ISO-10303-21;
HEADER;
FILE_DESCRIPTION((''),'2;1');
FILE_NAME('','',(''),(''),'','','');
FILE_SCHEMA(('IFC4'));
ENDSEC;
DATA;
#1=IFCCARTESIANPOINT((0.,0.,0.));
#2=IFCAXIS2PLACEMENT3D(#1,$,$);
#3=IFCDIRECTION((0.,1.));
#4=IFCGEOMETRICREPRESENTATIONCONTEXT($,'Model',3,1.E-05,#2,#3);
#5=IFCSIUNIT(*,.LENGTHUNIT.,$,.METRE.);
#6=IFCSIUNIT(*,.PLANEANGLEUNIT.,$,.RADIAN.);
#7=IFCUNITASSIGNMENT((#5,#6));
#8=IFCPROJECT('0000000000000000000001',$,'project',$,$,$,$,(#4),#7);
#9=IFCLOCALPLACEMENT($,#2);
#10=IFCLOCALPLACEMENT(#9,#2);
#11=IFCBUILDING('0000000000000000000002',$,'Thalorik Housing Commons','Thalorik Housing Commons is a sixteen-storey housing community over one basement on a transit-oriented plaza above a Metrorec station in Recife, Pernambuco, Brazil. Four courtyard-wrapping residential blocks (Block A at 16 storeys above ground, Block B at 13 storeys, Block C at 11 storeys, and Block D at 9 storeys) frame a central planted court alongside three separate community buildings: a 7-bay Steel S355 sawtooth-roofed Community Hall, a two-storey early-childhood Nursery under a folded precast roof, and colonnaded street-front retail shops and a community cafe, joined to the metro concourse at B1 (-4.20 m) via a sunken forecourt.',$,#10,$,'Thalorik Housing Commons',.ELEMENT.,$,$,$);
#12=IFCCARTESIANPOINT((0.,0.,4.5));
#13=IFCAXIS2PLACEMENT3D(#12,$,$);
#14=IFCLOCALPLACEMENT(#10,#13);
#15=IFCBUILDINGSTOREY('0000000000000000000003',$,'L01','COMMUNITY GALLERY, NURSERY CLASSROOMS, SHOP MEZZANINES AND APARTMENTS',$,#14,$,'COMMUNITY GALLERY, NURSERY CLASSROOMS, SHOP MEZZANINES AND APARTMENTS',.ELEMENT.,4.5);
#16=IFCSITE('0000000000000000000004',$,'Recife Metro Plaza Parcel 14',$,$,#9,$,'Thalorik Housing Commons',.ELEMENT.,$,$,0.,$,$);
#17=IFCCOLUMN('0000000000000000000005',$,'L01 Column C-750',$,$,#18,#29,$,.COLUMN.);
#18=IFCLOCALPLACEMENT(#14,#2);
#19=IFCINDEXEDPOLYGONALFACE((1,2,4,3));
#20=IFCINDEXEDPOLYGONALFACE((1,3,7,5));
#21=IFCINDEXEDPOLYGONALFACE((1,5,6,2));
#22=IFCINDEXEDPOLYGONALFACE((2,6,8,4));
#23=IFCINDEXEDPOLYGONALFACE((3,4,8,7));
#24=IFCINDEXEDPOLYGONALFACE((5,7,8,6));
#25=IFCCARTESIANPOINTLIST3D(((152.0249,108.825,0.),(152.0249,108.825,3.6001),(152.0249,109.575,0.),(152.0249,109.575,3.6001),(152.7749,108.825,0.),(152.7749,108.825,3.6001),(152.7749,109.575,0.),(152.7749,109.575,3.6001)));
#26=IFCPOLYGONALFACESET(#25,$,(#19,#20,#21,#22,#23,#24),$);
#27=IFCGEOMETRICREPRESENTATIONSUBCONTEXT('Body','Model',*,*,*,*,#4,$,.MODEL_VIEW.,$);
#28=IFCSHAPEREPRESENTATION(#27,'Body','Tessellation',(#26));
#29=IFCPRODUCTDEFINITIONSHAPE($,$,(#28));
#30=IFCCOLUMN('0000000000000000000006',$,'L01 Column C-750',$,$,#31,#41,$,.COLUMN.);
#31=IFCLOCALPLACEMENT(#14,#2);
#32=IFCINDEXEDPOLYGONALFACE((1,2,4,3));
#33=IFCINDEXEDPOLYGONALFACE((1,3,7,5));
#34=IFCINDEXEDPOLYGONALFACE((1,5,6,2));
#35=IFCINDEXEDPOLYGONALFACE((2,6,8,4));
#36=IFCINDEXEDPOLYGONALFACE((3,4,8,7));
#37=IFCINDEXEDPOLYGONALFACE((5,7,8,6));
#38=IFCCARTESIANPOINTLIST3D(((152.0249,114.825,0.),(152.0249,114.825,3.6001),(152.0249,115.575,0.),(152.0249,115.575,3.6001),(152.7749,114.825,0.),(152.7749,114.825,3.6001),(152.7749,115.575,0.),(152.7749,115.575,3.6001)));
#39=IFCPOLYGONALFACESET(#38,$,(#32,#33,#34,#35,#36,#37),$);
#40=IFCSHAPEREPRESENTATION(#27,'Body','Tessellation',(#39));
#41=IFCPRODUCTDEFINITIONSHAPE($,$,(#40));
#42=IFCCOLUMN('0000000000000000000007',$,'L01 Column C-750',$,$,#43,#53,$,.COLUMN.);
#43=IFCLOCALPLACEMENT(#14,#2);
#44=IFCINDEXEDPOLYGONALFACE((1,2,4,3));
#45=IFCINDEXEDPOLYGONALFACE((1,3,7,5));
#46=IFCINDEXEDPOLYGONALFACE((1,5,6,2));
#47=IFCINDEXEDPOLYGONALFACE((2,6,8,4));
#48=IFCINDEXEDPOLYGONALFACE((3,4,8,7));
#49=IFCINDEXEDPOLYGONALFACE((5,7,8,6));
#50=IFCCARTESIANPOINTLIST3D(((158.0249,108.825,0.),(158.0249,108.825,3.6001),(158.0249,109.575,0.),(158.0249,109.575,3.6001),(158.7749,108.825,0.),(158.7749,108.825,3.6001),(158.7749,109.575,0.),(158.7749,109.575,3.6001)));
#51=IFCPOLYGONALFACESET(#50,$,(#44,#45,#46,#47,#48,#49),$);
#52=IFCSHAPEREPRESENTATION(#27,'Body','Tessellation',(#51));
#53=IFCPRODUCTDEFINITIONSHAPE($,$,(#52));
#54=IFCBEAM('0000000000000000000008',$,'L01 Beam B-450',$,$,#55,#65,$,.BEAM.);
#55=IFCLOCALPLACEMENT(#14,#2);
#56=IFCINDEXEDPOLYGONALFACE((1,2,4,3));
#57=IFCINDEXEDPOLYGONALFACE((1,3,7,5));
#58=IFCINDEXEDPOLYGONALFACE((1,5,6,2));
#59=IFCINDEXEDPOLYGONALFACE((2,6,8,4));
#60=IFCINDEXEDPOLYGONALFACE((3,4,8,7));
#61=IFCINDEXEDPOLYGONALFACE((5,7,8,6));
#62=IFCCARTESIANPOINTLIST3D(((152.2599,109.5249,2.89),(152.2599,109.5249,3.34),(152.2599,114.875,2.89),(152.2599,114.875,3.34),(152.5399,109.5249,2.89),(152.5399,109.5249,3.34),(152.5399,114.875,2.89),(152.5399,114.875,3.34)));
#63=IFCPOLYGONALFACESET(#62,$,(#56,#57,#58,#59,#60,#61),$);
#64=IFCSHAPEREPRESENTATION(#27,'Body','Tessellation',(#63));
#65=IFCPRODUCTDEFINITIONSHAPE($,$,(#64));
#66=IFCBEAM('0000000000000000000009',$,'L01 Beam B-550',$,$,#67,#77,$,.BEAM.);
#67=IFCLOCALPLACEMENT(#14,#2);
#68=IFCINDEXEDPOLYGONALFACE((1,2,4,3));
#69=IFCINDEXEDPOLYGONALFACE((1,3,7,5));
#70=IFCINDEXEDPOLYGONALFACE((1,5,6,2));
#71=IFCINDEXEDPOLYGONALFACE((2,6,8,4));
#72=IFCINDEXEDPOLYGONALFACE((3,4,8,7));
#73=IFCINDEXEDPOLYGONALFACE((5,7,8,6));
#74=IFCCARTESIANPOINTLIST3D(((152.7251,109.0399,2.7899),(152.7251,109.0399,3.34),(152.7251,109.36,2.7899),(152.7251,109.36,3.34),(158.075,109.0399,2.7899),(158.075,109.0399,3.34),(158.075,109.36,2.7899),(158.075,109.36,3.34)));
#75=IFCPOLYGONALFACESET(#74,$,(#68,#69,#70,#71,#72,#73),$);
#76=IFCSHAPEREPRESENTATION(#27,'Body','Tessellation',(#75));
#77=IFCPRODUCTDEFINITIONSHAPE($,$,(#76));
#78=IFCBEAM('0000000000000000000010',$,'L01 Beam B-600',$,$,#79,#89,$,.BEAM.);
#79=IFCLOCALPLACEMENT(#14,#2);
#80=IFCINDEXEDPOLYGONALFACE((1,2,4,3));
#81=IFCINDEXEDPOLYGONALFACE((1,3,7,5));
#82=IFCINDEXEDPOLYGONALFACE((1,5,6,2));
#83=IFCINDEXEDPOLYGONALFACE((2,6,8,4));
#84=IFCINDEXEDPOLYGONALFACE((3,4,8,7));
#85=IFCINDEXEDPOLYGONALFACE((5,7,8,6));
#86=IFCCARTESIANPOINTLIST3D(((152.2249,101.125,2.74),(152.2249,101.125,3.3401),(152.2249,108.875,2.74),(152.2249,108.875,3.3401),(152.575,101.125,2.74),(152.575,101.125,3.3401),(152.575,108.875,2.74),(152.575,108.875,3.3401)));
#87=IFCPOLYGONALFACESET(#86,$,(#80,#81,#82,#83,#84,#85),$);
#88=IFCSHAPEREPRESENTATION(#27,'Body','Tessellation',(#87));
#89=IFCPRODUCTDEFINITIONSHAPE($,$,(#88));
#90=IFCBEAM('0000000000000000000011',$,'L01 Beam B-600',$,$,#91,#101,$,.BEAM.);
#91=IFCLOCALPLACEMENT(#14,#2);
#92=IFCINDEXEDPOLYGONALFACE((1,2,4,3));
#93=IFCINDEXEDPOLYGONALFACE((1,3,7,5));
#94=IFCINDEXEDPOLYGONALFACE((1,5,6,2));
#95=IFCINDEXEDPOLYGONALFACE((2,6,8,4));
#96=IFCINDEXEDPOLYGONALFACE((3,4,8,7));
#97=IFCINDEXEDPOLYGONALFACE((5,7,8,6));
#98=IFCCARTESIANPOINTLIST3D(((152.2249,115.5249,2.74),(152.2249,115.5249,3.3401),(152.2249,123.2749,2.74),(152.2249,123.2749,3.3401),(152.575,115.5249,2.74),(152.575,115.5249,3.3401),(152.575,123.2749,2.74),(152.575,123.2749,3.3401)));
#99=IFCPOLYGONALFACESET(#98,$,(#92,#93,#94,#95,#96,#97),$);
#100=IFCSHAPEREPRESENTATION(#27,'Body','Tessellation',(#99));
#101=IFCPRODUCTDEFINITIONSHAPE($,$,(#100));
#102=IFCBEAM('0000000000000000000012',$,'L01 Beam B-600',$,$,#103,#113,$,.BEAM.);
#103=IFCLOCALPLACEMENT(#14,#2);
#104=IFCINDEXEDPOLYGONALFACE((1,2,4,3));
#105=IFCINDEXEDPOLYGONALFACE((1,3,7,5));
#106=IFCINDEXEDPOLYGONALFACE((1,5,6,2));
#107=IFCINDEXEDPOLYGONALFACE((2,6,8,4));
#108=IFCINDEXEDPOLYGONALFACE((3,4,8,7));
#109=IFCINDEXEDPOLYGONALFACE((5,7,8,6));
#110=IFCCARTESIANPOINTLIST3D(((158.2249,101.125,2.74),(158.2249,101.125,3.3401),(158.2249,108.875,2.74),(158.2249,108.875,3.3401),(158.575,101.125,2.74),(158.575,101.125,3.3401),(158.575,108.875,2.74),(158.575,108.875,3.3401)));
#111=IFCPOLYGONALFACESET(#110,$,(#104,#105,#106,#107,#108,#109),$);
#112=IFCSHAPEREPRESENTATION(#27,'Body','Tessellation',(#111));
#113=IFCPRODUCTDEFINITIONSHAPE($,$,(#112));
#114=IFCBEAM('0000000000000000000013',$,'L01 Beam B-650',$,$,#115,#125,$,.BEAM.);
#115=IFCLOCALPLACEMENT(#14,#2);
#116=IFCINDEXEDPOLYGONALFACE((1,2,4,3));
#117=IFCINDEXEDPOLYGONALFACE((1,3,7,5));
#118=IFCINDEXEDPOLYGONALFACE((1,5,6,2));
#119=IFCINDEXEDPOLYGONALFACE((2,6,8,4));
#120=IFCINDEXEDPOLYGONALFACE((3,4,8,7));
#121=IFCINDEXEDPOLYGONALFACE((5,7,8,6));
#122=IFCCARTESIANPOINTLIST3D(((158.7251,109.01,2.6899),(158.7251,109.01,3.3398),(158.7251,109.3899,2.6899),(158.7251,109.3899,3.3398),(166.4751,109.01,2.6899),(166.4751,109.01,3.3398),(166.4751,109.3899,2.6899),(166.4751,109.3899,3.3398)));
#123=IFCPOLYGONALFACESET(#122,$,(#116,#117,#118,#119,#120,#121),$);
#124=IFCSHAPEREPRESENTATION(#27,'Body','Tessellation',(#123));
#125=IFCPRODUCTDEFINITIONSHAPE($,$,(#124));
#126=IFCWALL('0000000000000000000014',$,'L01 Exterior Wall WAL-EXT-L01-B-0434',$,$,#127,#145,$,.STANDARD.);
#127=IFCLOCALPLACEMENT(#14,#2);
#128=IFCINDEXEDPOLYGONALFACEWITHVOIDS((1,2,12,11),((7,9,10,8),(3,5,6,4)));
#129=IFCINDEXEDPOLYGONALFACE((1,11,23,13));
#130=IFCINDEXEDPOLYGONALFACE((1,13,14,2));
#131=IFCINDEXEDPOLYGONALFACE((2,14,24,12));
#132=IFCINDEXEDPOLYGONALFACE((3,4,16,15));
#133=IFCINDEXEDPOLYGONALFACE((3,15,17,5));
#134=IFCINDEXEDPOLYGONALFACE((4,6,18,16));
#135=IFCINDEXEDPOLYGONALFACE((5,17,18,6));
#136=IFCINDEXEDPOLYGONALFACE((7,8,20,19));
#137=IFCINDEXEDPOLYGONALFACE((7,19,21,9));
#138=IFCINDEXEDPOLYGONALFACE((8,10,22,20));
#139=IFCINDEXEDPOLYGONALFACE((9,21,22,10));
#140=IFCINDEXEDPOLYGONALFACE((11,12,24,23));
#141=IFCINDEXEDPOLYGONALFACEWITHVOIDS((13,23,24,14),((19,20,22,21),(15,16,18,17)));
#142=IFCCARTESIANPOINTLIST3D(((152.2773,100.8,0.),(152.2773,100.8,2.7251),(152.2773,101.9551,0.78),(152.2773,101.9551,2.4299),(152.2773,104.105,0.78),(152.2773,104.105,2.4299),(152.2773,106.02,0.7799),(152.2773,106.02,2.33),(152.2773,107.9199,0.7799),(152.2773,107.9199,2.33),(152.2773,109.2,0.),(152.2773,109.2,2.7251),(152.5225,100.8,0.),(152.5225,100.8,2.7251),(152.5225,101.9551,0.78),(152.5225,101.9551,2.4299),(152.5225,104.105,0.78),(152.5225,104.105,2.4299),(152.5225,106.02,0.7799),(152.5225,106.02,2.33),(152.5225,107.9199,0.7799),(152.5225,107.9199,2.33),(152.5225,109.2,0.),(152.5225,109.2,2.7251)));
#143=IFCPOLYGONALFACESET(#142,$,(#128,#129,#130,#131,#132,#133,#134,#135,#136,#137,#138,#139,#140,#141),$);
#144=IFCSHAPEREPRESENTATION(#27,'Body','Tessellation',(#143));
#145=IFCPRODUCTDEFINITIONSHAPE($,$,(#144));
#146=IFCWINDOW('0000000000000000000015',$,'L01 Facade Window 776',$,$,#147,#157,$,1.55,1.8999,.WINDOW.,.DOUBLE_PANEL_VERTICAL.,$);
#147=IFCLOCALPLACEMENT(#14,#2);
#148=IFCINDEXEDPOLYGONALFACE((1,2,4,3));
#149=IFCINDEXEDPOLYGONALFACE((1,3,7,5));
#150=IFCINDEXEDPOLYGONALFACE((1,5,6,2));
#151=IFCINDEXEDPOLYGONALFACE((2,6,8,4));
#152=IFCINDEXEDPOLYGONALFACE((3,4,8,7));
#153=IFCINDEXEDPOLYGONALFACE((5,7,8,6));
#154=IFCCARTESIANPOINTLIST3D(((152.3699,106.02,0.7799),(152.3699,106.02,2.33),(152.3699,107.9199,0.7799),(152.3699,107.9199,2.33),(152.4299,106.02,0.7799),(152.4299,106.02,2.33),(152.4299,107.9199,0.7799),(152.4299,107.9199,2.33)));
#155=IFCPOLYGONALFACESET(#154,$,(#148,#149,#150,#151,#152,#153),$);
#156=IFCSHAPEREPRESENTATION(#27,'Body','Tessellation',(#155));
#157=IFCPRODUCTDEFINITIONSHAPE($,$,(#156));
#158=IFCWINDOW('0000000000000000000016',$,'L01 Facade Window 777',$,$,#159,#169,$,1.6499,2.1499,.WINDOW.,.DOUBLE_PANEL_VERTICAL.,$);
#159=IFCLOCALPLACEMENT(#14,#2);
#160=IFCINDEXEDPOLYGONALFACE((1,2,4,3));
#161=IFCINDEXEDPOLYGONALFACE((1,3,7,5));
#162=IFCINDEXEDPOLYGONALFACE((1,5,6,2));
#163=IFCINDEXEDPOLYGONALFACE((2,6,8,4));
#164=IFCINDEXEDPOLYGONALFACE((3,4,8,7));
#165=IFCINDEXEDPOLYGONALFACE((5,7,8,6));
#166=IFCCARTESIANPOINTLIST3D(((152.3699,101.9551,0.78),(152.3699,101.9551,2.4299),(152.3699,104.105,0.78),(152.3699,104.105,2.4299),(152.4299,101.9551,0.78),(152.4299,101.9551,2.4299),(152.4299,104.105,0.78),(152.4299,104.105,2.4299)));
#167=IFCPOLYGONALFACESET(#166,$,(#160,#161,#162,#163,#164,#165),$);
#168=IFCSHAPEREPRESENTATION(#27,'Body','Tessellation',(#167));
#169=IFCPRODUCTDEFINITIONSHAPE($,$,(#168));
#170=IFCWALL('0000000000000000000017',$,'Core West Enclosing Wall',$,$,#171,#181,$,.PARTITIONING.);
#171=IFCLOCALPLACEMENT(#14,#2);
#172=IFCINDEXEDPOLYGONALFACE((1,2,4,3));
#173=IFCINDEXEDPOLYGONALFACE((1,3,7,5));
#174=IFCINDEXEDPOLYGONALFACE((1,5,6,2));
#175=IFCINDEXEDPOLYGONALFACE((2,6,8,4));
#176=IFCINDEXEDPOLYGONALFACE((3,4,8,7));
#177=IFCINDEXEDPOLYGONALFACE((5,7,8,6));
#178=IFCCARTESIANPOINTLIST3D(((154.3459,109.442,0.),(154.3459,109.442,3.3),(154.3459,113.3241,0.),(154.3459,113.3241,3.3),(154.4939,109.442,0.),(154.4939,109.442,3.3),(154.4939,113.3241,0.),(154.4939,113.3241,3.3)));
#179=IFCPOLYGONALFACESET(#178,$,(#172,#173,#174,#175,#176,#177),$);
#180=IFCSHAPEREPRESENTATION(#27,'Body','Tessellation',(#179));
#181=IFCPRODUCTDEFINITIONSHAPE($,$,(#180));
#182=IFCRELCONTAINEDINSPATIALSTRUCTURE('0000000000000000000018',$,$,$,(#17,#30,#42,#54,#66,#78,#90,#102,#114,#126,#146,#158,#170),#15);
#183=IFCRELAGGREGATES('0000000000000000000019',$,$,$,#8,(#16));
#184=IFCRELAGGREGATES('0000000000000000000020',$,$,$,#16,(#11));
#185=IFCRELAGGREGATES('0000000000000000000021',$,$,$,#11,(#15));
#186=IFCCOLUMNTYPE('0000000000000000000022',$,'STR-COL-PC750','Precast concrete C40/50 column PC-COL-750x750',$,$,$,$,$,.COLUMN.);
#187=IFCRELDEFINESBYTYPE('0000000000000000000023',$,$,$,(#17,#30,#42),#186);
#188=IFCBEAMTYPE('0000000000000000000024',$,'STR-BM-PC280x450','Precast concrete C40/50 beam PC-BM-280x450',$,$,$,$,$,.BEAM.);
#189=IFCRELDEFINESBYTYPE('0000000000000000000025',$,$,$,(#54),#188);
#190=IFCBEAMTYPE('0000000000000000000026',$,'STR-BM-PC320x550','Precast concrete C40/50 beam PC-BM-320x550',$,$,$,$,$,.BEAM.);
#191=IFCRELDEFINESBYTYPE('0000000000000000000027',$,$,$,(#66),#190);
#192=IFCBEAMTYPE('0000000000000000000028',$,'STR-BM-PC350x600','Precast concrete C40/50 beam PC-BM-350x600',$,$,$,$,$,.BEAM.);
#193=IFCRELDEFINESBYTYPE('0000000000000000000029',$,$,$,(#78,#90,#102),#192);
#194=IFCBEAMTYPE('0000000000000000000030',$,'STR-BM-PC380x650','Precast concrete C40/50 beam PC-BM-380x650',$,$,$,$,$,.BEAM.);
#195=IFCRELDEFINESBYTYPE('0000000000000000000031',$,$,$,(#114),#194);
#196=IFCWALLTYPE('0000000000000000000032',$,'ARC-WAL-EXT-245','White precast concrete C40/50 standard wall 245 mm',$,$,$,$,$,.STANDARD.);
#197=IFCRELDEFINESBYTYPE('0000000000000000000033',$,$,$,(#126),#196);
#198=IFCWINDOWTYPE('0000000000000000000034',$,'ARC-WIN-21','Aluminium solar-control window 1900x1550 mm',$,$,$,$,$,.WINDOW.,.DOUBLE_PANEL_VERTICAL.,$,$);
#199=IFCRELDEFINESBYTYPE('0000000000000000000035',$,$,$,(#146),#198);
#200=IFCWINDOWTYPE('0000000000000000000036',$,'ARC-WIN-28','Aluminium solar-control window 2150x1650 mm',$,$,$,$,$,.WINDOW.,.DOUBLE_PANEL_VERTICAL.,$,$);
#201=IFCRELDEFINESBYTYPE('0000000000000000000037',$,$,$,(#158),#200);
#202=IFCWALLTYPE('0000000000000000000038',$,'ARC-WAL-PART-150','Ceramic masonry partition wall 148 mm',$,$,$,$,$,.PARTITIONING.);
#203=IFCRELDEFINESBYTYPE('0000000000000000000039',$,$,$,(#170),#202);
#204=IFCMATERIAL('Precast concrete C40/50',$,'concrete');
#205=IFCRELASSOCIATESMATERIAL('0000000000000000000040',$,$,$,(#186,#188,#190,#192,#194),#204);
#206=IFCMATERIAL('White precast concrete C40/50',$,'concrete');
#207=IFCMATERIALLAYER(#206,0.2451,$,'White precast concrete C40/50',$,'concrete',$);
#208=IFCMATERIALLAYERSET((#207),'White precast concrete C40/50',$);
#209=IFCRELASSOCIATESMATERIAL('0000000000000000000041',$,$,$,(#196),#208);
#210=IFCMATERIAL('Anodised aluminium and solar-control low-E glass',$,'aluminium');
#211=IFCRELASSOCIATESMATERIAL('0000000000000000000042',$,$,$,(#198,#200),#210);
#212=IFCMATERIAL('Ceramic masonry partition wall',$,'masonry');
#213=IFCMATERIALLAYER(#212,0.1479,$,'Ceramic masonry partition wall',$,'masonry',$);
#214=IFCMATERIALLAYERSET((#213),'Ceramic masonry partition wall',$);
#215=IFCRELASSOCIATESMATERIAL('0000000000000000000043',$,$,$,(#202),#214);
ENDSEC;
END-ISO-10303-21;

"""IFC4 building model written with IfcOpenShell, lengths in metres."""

from ifc_helpers import new_model, si_unit, direction, frame, frame_2d, origin, origin_2d, place, context, subcontext, project, spatial, rectangle, extrude, material, layer, layer_set, material_profile, profile_set, type_object, element, fill, save


model = new_model("IFC4")

# Units and contexts
model_context = context("Model", 3, precision=1e-05, world=origin(), true_north=direction((0.0, 1.0)))
body_context = subcontext(model_context, "Body", "Model", "MODEL_VIEW")
ifc_project = project(units=[si_unit("LENGTHUNIT", "METRE"), si_unit("PLANEANGLEUNIT", "RADIAN")], contexts=[model_context])

# Site, building, storey
site_placement = place(None, origin())
site = spatial("IfcSite", under=ifc_project, at=site_placement, Name="Recife Metro Plaza Parcel 14", LongName="Thalorik Housing Commons", CompositionType="ELEMENT", RefElevation=0.0)
building_placement = place(site_placement, origin())
building = spatial("IfcBuilding", under=site, at=building_placement, Name="Thalorik Housing Commons", Description="Thalorik Housing Commons is a sixteen-storey housing community over one basement on a transit-oriented plaza above a Metrorec station in Recife, Pernambuco, Brazil. Four courtyard-wrapping residential blocks (Block A at 16 storeys above ground, Block B at 13 storeys, Block C at 11 storeys, and Block D at 9 storeys) frame a central planted court alongside three separate community buildings: a 7-bay Steel S355 sawtooth-roofed Community Hall, a two-storey early-childhood Nursery under a folded precast roof, and colonnaded street-front retail shops and a community cafe, joined to the metro concourse at B1 (-4.20 m) via a sunken forecourt.", LongName="Thalorik Housing Commons", CompositionType="ELEMENT")
storey_placement = place(building_placement, frame((0.0, 0.0, 4.5)))
storey = spatial("IfcBuildingStorey", under=building, at=storey_placement, Name="L01", Description="COMMUNITY GALLERY, NURSERY CLASSROOMS, SHOP MEZZANINES AND APARTMENTS", LongName="COMMUNITY GALLERY, NURSERY CLASSROOMS, SHOP MEZZANINES AND APARTMENTS", CompositionType="ELEMENT", Elevation=4.5)

# Columns
ifc_material_1 = material(Name="Precast concrete C40/50", Category="concrete")
ifc_material_profile_1 = material_profile(ifc_material_1, rectangle(XDim=0.75, YDim=0.75, at=origin_2d()), Name="PC 750x750", Category="concrete")
ifc_profile_set_1 = profile_set([ifc_material_profile_1], Name="Precast concrete C40/50")
column_type = type_object("IfcColumnType", Name="STR-COL-PC750", Description="Precast concrete C40/50 column PC-COL-750x750", PredefinedType="COLUMN", material=ifc_profile_set_1)
for number, where, z_axis, x_axis, name in (
    (1, (152.3999, 109.2, 0.0), (0.0, 0.0, 1.0), (1.0, 0.0, 0.0), "L01 Column C-750"),
    (2, (152.3999, 115.2, 0.0), (0.0, 0.0, 1.0), (1.0, 0.0, 0.0), "L01 Column C-750"),
    (3, (158.3999, 109.2, 0.0), (0.0, 0.0, 1.0), (1.0, 0.0, 0.0), "L01 Column C-750"),
):
    element("IfcColumn", number, at=place(storey_placement, frame(where, z_axis=z_axis, x_axis=x_axis)), inside=storey, type_object=column_type, Name=name, PredefinedType="COLUMN", context=body_context, shape_type="SweptSolid", body=[
        extrude(rectangle(XDim=0.75, YDim=0.75, at=origin_2d()), origin(), (0.0, 0.0, 1.0), 3.6001),
    ])

# Beams
ifc_material_profile_2 = material_profile(ifc_material_1, rectangle(XDim=0.28, YDim=0.45, at=origin_2d()), Name="PC 280x450", Category="concrete")
ifc_profile_set_2 = profile_set([ifc_material_profile_2], Name="Precast concrete C40/50")
beam_type_1 = type_object("IfcBeamType", Name="STR-BM-PC280x450", Description="Precast concrete C40/50 beam PC-BM-280x450", PredefinedType="BEAM", material=ifc_profile_set_2)
beam_1_placement = place(storey_placement, frame((152.3999, 109.5249, 3.115), z_axis=(0.0, 1.0, 0.0), x_axis=(-1.0, 0.0, 0.0)))
element("IfcBeam", 4, at=beam_1_placement, inside=storey, type_object=beam_type_1, Name="L01 Beam B-450", PredefinedType="BEAM", context=body_context, shape_type="SweptSolid", body=[
    extrude(rectangle(XDim=0.28, YDim=0.45, at=origin_2d()), origin(), (0.0, 0.0, 1.0), 5.3501),
])
ifc_material_profile_3 = material_profile(ifc_material_1, rectangle(XDim=0.3201, YDim=0.55, at=origin_2d()), Name="PC 320x550", Category="concrete")
ifc_profile_set_3 = profile_set([ifc_material_profile_3], Name="Precast concrete C40/50")
beam_type_2 = type_object("IfcBeamType", Name="STR-BM-PC320x550", Description="Precast concrete C40/50 beam PC-BM-320x550", PredefinedType="BEAM", material=ifc_profile_set_3)
beam_2_placement = place(storey_placement, frame((152.7251, 109.2, 3.0649), z_axis=(1.0, 0.0, 0.0), x_axis=(0.0, 1.0, 0.0)))
element("IfcBeam", 5, at=beam_2_placement, inside=storey, type_object=beam_type_2, Name="L01 Beam B-550", PredefinedType="BEAM", context=body_context, shape_type="SweptSolid", body=[
    extrude(rectangle(XDim=0.3201, YDim=0.55, at=origin_2d()), origin(), (0.0, 0.0, 1.0), 5.3499),
])
ifc_material_profile_4 = material_profile(ifc_material_1, rectangle(XDim=0.3501, YDim=0.6001, at=origin_2d()), Name="PC 350x600", Category="concrete")
ifc_profile_set_4 = profile_set([ifc_material_profile_4], Name="Precast concrete C40/50")
beam_type_3 = type_object("IfcBeamType", Name="STR-BM-PC350x600", Description="Precast concrete C40/50 beam PC-BM-350x600", PredefinedType="BEAM", material=ifc_profile_set_4)
for number, where, z_axis, x_axis, name in (
    (6, (152.3999, 101.125, 3.04), (0.0, 1.0, 0.0), (-1.0, 0.0, 0.0), "L01 Beam B-600"),
    (7, (152.3999, 115.5249, 3.04), (0.0, 1.0, 0.0), (-1.0, 0.0, 0.0), "L01 Beam B-600"),
    (8, (158.3999, 101.125, 3.04), (0.0, 1.0, 0.0), (-1.0, 0.0, 0.0), "L01 Beam B-600"),
):
    element("IfcBeam", number, at=place(storey_placement, frame(where, z_axis=z_axis, x_axis=x_axis)), inside=storey, type_object=beam_type_3, Name=name, PredefinedType="BEAM", context=body_context, shape_type="SweptSolid", body=[
        extrude(rectangle(XDim=0.3501, YDim=0.6001, at=origin_2d()), origin(), (0.0, 0.0, 1.0), 7.75),
    ])
ifc_material_profile_5 = material_profile(ifc_material_1, rectangle(XDim=0.3799, YDim=0.6499, at=origin_2d()), Name="PC 380x650", Category="concrete")
ifc_profile_set_5 = profile_set([ifc_material_profile_5], Name="Precast concrete C40/50")
beam_type_4 = type_object("IfcBeamType", Name="STR-BM-PC380x650", Description="Precast concrete C40/50 beam PC-BM-380x650", PredefinedType="BEAM", material=ifc_profile_set_5)
beam_3_placement = place(storey_placement, frame((158.7251, 109.2, 3.0149), z_axis=(1.0, 0.0, 0.0), x_axis=(0.0, 1.0, 0.0)))
element("IfcBeam", 9, at=beam_3_placement, inside=storey, type_object=beam_type_4, Name="L01 Beam B-650", PredefinedType="BEAM", context=body_context, shape_type="SweptSolid", body=[
    extrude(rectangle(XDim=0.3799, YDim=0.6499, at=origin_2d()), origin(), (0.0, 0.0, 1.0), 7.75),
])

# Wall, openings, windows
ifc_material_2 = material(Name="White precast concrete C40/50", Category="concrete")
ifc_layer_1 = layer(ifc_material_2, 0.2451, Name="White precast concrete C40/50", Category="concrete")
ifc_layer_set_1 = layer_set([ifc_layer_1], Name="White precast concrete C40/50")
wall_type_1 = type_object("IfcWallType", Name="ARC-WAL-EXT-245", Description="White precast concrete C40/50 standard wall 245 mm", PredefinedType="STANDARD", material=ifc_layer_set_1)
wall_1_placement = place(storey_placement, frame((152.3999, 109.2, 0.0), z_axis=(0.0, 0.0, 1.0), x_axis=(0.0, -1.0, 0.0)))
wall_1 = element("IfcWall", 10, at=wall_1_placement, inside=storey, type_object=wall_type_1, Name="L01 Exterior Wall WAL-EXT-L01-B-0434", PredefinedType="STANDARD", context=body_context, shape_type="SweptSolid", body=[
    extrude(rectangle(XDim=8.3999, YDim=0.2451, at=frame_2d((4.2, 0.0))), origin(), (0.0, 0.0, 1.0), 2.7251),
])
opening_1_placement = place(wall_1_placement, frame((1.28, 0.0, 0.78)))
opening_1 = element("IfcOpeningElement", 11, at=opening_1_placement, cuts=wall_1, PredefinedType="OPENING", context=body_context, shape_type="SweptSolid", body=[
    extrude(rectangle(XDim=1.8999, YDim=1.55, at=frame_2d((0.95, 0.7749))), frame((0.0, 0.1326, 0.0), z_axis=(0.0, -1.0, 0.0), x_axis=(1.0, 0.0, 0.0)), (0.0, 0.0, 1.0), 0.2651),
])
opening_2_placement = place(wall_1_placement, frame((5.095, 0.0, 0.78)))
opening_2 = element("IfcOpeningElement", 12, at=opening_2_placement, cuts=wall_1, PredefinedType="OPENING", context=body_context, shape_type="SweptSolid", body=[
    extrude(rectangle(XDim=2.1499, YDim=1.6499, at=frame_2d((1.075, 0.825))), frame((0.0, 0.1326, 0.0), z_axis=(0.0, -1.0, 0.0), x_axis=(1.0, 0.0, 0.0)), (0.0, 0.0, 1.0), 0.2651),
])
ifc_material_3 = material(Name="Anodised aluminium and solar-control low-E glass", Category="aluminium")
window_type_1 = type_object("IfcWindowType", Name="ARC-WIN-21", Description="Aluminium solar-control window 1900x1550 mm", PartitioningType="DOUBLE_PANEL_VERTICAL", PredefinedType="WINDOW", material=ifc_material_3)
window_1_placement = place(opening_1_placement, origin())
window_1 = element("IfcWindow", 13, at=window_1_placement, inside=storey, type_object=window_type_1, Name="L01 Facade Window 776", OverallHeight=1.55, OverallWidth=1.8999, PartitioningType="DOUBLE_PANEL_VERTICAL", PredefinedType="WINDOW", context=body_context, shape_type="SweptSolid", body=[
    extrude(rectangle(XDim=1.8999, YDim=1.55, at=frame_2d((0.95, 0.7749))), frame((0.0, 0.03, 0.0), z_axis=(0.0, -1.0, 0.0), x_axis=(1.0, 0.0, 0.0)), (0.0, 0.0, 1.0), 0.0601),
])
fill(opening_1, window_1)
window_type_2 = type_object("IfcWindowType", Name="ARC-WIN-28", Description="Aluminium solar-control window 2150x1650 mm", PartitioningType="DOUBLE_PANEL_VERTICAL", PredefinedType="WINDOW", material=ifc_material_3)
window_2_placement = place(opening_2_placement, origin())
window_2 = element("IfcWindow", 14, at=window_2_placement, inside=storey, type_object=window_type_2, Name="L01 Facade Window 777", OverallHeight=1.6499, OverallWidth=2.1499, PartitioningType="DOUBLE_PANEL_VERTICAL", PredefinedType="WINDOW", context=body_context, shape_type="SweptSolid", body=[
    extrude(rectangle(XDim=2.1499, YDim=1.6499, at=frame_2d((1.075, 0.825))), frame((0.0, 0.03, 0.0), z_axis=(0.0, -1.0, 0.0), x_axis=(1.0, 0.0, 0.0)), (0.0, 0.0, 1.0), 0.0601),
])
fill(opening_2, window_2)

# Wall
ifc_material_4 = material(Name="Ceramic masonry partition wall", Category="masonry")
ifc_layer_2 = layer(ifc_material_4, 0.1479, Name="Ceramic masonry partition wall", Category="masonry")
ifc_layer_set_2 = layer_set([ifc_layer_2], Name="Ceramic masonry partition wall")
wall_type_2 = type_object("IfcWallType", Name="ARC-WAL-PART-150", Description="Ceramic masonry partition wall 148 mm", PredefinedType="PARTITIONING", material=ifc_layer_set_2)
for number, where, z_axis, x_axis, name in (
    (15, (154.4199, 113.324, 0.0), (0.0, 0.0, 1.0), (0.0, -1.0, 0.0), "Core West Enclosing Wall"),
):
    element("IfcWall", number, at=place(storey_placement, frame(where, z_axis=z_axis, x_axis=x_axis)), inside=storey, type_object=wall_type_2, Name=name, PredefinedType="PARTITIONING", context=body_context, shape_type="SweptSolid", body=[
        extrude(rectangle(XDim=3.8821, YDim=0.1479, at=frame_2d((1.9409, 0.0))), origin(), (0.0, 0.0, 1.0), 3.3),
    ])

save(model, "model.ifc")
